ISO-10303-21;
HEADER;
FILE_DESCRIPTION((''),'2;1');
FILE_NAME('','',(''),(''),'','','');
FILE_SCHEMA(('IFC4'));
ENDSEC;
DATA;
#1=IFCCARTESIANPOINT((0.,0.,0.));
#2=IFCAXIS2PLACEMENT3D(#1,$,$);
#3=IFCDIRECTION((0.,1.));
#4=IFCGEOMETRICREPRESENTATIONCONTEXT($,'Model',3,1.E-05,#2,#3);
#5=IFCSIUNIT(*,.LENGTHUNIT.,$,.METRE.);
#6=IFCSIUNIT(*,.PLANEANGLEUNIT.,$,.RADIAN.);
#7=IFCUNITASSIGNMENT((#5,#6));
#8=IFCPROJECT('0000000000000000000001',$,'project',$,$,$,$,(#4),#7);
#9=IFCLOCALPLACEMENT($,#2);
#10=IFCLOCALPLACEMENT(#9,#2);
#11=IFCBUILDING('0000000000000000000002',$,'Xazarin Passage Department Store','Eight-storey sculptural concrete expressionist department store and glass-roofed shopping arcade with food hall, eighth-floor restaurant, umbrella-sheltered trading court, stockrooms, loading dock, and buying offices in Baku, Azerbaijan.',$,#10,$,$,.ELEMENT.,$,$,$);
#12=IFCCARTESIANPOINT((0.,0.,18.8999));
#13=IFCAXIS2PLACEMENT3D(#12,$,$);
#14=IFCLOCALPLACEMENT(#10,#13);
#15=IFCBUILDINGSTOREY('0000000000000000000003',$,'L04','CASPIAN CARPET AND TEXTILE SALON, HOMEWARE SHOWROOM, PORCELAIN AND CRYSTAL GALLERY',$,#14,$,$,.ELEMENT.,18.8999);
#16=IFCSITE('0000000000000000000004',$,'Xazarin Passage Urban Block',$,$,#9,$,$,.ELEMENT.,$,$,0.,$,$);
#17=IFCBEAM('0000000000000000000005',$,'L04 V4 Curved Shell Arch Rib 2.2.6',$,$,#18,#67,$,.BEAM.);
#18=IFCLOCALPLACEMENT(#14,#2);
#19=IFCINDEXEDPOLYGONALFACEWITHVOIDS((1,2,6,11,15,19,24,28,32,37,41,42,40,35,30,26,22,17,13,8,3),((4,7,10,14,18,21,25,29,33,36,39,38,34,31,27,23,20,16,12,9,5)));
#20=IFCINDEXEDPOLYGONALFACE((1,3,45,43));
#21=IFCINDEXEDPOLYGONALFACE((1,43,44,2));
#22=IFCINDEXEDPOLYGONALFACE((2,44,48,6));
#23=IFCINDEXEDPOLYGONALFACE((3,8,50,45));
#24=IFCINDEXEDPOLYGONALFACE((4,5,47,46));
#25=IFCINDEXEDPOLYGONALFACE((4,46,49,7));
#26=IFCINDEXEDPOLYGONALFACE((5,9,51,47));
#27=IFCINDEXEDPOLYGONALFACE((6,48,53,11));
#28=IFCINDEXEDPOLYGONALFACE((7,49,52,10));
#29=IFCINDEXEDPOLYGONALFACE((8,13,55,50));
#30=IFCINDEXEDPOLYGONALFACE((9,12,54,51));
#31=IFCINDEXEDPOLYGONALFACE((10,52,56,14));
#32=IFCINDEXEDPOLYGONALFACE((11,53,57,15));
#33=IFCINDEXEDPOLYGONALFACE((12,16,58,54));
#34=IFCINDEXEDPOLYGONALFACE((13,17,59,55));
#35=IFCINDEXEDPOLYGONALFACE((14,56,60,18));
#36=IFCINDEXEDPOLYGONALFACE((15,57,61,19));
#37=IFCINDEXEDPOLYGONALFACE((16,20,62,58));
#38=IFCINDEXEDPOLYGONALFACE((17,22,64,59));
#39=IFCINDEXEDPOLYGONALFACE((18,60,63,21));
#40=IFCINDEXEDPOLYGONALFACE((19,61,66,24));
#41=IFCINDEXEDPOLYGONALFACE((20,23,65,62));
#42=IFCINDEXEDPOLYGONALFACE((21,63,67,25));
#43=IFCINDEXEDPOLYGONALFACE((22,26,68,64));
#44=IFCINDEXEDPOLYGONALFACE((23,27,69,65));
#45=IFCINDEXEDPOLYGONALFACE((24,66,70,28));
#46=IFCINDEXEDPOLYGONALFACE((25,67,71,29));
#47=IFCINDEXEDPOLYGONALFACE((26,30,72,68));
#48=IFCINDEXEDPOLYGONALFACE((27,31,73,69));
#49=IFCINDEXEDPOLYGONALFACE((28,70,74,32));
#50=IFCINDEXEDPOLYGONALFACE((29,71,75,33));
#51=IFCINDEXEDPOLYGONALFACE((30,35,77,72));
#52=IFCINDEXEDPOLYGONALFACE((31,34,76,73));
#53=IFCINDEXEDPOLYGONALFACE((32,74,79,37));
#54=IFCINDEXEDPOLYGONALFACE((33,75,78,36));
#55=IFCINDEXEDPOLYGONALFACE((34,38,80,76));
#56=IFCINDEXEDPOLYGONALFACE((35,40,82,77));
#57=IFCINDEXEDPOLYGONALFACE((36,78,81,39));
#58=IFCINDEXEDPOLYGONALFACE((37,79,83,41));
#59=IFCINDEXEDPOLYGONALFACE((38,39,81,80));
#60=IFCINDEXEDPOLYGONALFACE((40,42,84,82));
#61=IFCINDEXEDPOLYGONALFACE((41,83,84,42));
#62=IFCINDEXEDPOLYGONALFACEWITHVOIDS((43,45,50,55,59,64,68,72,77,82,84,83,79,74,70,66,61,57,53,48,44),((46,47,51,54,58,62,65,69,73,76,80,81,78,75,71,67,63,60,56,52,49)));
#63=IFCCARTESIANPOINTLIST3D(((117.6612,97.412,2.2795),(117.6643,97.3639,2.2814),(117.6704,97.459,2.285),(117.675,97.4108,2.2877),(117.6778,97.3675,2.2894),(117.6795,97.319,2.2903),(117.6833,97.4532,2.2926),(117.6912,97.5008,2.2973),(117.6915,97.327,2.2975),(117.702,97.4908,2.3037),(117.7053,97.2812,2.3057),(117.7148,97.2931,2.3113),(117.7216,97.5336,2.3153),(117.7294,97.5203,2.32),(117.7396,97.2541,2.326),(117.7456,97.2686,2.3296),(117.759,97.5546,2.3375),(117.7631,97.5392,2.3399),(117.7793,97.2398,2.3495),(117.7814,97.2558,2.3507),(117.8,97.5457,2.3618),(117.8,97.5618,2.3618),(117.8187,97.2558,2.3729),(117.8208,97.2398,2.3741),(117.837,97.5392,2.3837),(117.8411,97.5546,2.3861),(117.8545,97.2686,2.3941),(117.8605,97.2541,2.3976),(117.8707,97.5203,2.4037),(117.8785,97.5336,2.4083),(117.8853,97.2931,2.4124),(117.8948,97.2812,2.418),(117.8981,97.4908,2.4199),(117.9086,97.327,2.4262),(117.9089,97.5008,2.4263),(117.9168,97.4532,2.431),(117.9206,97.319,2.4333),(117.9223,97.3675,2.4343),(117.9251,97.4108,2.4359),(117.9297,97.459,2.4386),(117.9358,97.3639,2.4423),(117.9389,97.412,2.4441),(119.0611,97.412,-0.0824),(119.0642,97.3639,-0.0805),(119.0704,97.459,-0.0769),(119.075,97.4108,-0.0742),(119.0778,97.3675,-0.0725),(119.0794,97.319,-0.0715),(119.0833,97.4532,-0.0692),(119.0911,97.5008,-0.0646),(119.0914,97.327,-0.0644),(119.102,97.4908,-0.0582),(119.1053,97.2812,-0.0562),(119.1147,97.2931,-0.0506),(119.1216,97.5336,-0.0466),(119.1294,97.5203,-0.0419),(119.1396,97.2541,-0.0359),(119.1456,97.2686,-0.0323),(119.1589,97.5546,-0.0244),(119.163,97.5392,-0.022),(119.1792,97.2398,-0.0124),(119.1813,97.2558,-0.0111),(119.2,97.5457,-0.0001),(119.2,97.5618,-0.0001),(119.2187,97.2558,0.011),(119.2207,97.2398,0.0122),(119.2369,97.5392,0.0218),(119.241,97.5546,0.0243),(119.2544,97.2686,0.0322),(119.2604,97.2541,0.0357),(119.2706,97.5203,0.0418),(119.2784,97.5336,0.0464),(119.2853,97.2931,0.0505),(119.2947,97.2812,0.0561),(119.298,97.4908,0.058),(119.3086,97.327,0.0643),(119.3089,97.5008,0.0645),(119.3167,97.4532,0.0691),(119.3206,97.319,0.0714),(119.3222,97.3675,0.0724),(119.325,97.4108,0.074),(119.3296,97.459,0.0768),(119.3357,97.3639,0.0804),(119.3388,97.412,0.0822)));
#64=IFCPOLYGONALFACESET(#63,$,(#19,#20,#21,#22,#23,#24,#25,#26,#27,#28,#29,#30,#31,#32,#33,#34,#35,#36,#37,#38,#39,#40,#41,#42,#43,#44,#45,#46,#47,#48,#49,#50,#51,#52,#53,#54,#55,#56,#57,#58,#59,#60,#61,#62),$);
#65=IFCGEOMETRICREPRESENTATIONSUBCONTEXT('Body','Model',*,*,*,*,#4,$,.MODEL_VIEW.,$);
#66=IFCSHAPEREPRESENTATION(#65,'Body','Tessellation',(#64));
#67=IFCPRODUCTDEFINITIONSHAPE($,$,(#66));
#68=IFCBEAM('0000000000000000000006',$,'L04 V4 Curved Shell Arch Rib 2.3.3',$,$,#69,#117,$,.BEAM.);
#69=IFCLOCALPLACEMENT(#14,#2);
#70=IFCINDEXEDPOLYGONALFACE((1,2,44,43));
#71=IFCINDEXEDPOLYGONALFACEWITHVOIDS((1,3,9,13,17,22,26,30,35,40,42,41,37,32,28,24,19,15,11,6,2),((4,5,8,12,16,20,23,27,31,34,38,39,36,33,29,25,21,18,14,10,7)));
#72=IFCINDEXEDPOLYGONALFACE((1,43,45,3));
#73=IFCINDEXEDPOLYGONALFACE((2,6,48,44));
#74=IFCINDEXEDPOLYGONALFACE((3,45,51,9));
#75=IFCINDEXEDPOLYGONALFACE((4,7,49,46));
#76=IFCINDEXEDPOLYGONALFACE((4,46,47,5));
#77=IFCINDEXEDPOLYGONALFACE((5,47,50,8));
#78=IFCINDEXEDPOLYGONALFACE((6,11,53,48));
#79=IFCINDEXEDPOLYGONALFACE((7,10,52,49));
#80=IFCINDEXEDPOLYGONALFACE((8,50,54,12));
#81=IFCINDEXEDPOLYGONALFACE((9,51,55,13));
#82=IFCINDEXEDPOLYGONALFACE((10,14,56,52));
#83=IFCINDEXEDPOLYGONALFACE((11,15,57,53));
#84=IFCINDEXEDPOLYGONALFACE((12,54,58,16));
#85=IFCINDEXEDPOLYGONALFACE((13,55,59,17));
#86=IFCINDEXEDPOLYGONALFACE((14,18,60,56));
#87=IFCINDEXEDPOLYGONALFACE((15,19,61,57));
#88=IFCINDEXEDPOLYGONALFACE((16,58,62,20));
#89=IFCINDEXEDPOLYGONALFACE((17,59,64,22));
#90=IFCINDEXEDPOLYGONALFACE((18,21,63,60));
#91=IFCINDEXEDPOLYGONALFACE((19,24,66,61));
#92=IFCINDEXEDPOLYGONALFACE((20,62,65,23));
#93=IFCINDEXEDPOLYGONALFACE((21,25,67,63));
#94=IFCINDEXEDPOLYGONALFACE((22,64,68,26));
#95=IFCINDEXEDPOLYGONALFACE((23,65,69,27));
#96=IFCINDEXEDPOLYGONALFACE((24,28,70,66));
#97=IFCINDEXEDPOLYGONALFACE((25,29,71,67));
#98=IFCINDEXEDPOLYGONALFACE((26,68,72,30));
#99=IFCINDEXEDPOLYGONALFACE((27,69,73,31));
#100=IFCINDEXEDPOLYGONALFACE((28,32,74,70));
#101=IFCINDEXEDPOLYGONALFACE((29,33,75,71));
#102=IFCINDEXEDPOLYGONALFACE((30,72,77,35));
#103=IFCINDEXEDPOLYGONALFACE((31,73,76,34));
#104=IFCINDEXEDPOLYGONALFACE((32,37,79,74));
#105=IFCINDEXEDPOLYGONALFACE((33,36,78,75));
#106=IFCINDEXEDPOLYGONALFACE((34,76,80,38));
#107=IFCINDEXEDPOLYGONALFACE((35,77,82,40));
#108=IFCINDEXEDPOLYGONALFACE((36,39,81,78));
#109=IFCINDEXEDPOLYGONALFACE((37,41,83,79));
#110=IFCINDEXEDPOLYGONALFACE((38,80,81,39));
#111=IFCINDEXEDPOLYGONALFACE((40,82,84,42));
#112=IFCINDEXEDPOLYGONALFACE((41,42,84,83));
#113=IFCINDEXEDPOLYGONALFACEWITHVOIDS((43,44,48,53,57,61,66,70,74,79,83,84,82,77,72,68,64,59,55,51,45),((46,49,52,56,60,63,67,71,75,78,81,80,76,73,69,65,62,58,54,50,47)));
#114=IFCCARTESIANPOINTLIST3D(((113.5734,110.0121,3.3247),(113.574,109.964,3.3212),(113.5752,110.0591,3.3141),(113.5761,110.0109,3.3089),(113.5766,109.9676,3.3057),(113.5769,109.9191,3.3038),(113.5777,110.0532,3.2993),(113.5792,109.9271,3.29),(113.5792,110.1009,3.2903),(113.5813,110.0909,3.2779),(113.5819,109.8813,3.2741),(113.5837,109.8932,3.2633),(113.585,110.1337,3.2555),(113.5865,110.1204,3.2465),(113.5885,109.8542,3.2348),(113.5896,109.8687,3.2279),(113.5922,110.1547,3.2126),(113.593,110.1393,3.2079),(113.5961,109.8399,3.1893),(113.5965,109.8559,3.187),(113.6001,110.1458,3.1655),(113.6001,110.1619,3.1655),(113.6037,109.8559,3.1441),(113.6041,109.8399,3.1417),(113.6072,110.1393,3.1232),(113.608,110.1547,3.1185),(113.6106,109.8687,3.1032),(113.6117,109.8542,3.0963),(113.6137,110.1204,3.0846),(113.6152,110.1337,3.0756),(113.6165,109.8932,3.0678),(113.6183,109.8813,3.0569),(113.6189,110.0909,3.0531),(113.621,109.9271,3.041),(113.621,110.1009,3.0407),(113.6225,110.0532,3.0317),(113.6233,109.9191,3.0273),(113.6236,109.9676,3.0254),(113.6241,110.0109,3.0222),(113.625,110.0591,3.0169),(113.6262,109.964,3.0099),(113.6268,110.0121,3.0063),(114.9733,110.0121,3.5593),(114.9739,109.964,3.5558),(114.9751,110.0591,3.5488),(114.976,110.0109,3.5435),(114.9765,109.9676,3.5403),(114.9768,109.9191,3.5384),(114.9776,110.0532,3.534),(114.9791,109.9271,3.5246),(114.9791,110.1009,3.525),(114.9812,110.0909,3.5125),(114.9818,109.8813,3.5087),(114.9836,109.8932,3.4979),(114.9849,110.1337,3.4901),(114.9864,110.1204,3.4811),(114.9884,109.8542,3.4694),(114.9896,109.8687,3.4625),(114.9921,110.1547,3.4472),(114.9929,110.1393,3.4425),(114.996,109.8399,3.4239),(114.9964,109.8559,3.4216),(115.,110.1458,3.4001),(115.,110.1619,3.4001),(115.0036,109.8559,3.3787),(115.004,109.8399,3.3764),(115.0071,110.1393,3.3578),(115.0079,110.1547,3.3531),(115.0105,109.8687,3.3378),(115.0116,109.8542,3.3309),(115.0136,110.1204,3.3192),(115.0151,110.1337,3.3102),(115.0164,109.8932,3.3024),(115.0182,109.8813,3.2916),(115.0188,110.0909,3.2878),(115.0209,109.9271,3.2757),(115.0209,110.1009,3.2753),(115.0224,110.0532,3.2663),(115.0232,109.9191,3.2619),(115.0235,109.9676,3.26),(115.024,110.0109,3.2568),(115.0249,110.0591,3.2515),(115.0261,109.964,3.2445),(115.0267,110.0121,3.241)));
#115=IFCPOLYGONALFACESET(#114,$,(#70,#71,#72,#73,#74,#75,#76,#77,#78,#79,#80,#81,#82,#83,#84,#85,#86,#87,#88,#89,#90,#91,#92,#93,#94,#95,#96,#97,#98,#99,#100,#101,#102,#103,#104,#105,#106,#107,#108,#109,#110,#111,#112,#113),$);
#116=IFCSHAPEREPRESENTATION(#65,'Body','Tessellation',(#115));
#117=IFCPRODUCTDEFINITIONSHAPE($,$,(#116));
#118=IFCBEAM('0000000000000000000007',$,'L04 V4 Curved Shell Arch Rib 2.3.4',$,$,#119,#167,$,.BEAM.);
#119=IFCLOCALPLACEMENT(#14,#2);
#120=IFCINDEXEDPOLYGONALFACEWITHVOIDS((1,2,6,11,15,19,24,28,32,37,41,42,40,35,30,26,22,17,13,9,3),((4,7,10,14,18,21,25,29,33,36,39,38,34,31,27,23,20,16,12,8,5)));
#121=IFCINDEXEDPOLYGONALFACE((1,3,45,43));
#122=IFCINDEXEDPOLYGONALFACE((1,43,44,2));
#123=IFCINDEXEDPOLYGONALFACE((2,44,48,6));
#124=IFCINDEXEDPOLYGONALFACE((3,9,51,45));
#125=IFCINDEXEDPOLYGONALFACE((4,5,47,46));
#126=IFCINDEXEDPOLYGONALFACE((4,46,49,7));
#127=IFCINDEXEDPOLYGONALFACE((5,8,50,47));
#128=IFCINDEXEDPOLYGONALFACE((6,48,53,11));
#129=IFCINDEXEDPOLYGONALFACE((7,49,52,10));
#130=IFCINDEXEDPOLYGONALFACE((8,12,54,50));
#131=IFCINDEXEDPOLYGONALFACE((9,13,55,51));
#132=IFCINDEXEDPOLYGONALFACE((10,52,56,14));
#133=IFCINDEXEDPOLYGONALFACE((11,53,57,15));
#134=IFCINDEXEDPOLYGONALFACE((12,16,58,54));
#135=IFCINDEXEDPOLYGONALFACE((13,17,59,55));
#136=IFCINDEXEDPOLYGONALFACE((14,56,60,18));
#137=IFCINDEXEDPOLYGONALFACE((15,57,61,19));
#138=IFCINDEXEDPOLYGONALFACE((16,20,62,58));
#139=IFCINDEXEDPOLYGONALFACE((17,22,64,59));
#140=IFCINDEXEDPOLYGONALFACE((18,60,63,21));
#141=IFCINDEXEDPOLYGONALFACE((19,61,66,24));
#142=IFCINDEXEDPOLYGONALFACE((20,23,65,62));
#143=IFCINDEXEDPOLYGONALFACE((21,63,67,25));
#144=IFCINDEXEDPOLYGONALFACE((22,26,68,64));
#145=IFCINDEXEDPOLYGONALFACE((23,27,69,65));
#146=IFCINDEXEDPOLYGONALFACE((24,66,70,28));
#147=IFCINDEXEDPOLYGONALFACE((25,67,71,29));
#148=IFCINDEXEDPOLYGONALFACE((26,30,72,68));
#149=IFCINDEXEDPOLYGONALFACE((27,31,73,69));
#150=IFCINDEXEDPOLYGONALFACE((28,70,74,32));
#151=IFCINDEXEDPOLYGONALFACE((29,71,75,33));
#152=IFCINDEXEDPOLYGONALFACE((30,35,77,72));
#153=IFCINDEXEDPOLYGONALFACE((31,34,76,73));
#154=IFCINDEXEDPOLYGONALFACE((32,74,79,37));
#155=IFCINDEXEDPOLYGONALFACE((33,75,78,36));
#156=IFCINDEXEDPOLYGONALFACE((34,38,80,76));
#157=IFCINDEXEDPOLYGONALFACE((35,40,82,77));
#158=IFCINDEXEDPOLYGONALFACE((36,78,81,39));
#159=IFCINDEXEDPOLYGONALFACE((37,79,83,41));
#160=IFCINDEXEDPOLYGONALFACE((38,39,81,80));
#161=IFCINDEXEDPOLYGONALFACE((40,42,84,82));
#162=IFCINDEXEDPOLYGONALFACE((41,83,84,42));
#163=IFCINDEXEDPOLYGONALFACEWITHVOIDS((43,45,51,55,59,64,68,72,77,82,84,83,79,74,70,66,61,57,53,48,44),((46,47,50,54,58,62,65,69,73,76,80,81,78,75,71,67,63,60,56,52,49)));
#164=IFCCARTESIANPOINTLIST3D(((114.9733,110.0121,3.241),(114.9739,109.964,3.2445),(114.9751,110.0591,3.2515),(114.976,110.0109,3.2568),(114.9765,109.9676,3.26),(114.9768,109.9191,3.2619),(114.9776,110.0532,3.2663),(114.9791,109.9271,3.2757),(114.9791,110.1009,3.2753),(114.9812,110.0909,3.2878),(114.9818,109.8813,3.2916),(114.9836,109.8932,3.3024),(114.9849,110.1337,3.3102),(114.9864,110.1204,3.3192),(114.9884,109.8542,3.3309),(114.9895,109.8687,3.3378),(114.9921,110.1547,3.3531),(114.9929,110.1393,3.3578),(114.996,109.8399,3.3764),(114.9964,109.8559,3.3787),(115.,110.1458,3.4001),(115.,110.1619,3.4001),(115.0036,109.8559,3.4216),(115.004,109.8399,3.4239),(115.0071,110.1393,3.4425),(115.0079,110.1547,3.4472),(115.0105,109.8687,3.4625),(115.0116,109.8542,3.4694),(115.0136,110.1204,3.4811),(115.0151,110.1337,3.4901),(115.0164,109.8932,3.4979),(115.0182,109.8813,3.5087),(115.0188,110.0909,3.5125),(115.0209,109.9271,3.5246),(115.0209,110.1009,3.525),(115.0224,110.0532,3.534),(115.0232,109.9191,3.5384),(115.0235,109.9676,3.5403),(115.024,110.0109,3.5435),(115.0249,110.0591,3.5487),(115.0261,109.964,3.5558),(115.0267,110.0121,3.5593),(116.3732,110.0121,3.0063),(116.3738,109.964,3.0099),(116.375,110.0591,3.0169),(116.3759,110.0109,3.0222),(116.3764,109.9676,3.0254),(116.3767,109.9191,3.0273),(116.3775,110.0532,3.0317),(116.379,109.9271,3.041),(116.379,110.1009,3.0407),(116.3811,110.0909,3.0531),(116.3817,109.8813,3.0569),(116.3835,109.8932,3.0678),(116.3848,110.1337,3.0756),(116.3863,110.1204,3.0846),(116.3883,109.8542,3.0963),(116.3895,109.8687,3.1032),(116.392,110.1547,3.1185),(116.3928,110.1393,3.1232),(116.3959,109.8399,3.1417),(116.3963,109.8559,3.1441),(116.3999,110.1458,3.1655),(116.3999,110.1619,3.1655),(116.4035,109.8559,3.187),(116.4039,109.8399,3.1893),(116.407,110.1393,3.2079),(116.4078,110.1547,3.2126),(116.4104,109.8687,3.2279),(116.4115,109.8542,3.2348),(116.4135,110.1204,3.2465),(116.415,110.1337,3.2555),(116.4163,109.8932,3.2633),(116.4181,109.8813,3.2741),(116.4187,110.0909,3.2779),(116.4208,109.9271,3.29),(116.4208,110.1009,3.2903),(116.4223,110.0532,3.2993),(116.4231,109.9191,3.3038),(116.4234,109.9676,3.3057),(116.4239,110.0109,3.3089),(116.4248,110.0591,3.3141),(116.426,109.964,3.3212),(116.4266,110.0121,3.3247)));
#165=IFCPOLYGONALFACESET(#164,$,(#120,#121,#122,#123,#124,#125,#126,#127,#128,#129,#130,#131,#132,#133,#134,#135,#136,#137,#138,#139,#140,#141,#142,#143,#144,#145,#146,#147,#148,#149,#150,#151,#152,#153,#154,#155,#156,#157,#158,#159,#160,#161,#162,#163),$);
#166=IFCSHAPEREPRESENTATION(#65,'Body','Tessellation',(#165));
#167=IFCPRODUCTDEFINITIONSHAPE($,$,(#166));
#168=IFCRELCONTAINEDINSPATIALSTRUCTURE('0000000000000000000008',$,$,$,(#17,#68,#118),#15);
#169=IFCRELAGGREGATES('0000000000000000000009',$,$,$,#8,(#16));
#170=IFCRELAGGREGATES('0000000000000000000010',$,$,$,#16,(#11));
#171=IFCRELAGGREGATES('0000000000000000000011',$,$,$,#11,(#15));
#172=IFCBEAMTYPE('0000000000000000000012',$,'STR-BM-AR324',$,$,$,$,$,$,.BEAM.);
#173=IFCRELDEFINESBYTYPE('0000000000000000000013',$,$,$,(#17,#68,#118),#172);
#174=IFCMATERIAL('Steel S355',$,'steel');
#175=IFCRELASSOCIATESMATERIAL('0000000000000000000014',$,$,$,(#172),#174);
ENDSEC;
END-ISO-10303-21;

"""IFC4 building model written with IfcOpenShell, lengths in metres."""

from ifc_helpers import new_model, si_unit, direction, frame, origin, origin_2d, place, context, subcontext, project, spatial, hollow_circle, extrude, material, material_profile, profile_set, type_object, element, save


model = new_model("IFC4")

# Units and contexts
model_context = context("Model", 3, precision=1e-05, world=origin(), true_north=direction((0.0, 1.0)))
body_context = subcontext(model_context, "Body", "Model", "MODEL_VIEW")
ifc_project = project(units=[si_unit("LENGTHUNIT", "METRE"), si_unit("PLANEANGLEUNIT", "RADIAN")], contexts=[model_context])

# Site, building, storey
site_placement = place(None, origin())
site = spatial("IfcSite", under=ifc_project, at=site_placement, Name="Xazarin Passage Urban Block", CompositionType="ELEMENT", RefElevation=0.0)
building_placement = place(site_placement, origin())
building = spatial("IfcBuilding", under=site, at=building_placement, Name="Xazarin Passage Department Store", Description="Eight-storey sculptural concrete expressionist department store and glass-roofed shopping arcade with food hall, eighth-floor restaurant, umbrella-sheltered trading court, stockrooms, loading dock, and buying offices in Baku, Azerbaijan.", CompositionType="ELEMENT")
storey_placement = place(building_placement, frame((0.0, 0.0, 18.8999)))
storey = spatial("IfcBuildingStorey", under=building, at=storey_placement, Name="L04", Description="CASPIAN CARPET AND TEXTILE SALON, HOMEWARE SHOWROOM, PORCELAIN AND CRYSTAL GALLERY", CompositionType="ELEMENT", Elevation=18.8999)

# Beams
ifc_material_1 = material(Name="Steel S355", Category="steel")
ifc_material_profile_1 = material_profile(ifc_material_1, hollow_circle(Radius=0.1619, WallThickness=0.0161, at=origin_2d()), Name="CHS 323.9x16")
ifc_profile_set_1 = profile_set([ifc_material_profile_1], Name="Steel S355")
beam_type_1 = type_object("IfcBeamType", Name="STR-BM-AR324", PredefinedType="BEAM", material=ifc_profile_set_1)
beam_1_placement = place(storey_placement, frame((117.8, 97.3999, 2.3618), z_axis=(0.509885, 0.0, -0.860242), x_axis=(0.0, 1.0, 0.0)))
element("IfcBeam", 1, at=beam_1_placement, inside=storey, type_object=beam_type_1, Name="L04 V4 Curved Shell Arch Rib 2.2.6", PredefinedType="BEAM", context=body_context, shape_type="SweptSolid", body=[
    extrude(hollow_circle(Radius=0.1619, WallThickness=0.0161, at=origin_2d()), origin(), (0.0, 0.0, 1.0), 2.7456),
])
for number, where, z_axis, x_axis, name in (
    (2, (113.6001, 110.0, 3.1655), (0.986245, 0.0, 0.165291), (0.0, 1.0, 0.0), "L04 V4 Curved Shell Arch Rib 2.3.3"),
    (3, (115.0, 110.0, 3.4001), (0.986245, 0.0, -0.165291), (0.0, 1.0, 0.0), "L04 V4 Curved Shell Arch Rib 2.3.4"),
):
    element("IfcBeam", number, at=place(storey_placement, frame(where, z_axis=z_axis, x_axis=x_axis)), inside=storey, type_object=beam_type_1, Name=name, PredefinedType="BEAM", context=body_context, shape_type="SweptSolid", body=[
        extrude(hollow_circle(Radius=0.1619, WallThickness=0.0161, at=origin_2d()), origin(), (0.0, 0.0, 1.0), 1.4194),
    ])

save(model, "model.ifc")
